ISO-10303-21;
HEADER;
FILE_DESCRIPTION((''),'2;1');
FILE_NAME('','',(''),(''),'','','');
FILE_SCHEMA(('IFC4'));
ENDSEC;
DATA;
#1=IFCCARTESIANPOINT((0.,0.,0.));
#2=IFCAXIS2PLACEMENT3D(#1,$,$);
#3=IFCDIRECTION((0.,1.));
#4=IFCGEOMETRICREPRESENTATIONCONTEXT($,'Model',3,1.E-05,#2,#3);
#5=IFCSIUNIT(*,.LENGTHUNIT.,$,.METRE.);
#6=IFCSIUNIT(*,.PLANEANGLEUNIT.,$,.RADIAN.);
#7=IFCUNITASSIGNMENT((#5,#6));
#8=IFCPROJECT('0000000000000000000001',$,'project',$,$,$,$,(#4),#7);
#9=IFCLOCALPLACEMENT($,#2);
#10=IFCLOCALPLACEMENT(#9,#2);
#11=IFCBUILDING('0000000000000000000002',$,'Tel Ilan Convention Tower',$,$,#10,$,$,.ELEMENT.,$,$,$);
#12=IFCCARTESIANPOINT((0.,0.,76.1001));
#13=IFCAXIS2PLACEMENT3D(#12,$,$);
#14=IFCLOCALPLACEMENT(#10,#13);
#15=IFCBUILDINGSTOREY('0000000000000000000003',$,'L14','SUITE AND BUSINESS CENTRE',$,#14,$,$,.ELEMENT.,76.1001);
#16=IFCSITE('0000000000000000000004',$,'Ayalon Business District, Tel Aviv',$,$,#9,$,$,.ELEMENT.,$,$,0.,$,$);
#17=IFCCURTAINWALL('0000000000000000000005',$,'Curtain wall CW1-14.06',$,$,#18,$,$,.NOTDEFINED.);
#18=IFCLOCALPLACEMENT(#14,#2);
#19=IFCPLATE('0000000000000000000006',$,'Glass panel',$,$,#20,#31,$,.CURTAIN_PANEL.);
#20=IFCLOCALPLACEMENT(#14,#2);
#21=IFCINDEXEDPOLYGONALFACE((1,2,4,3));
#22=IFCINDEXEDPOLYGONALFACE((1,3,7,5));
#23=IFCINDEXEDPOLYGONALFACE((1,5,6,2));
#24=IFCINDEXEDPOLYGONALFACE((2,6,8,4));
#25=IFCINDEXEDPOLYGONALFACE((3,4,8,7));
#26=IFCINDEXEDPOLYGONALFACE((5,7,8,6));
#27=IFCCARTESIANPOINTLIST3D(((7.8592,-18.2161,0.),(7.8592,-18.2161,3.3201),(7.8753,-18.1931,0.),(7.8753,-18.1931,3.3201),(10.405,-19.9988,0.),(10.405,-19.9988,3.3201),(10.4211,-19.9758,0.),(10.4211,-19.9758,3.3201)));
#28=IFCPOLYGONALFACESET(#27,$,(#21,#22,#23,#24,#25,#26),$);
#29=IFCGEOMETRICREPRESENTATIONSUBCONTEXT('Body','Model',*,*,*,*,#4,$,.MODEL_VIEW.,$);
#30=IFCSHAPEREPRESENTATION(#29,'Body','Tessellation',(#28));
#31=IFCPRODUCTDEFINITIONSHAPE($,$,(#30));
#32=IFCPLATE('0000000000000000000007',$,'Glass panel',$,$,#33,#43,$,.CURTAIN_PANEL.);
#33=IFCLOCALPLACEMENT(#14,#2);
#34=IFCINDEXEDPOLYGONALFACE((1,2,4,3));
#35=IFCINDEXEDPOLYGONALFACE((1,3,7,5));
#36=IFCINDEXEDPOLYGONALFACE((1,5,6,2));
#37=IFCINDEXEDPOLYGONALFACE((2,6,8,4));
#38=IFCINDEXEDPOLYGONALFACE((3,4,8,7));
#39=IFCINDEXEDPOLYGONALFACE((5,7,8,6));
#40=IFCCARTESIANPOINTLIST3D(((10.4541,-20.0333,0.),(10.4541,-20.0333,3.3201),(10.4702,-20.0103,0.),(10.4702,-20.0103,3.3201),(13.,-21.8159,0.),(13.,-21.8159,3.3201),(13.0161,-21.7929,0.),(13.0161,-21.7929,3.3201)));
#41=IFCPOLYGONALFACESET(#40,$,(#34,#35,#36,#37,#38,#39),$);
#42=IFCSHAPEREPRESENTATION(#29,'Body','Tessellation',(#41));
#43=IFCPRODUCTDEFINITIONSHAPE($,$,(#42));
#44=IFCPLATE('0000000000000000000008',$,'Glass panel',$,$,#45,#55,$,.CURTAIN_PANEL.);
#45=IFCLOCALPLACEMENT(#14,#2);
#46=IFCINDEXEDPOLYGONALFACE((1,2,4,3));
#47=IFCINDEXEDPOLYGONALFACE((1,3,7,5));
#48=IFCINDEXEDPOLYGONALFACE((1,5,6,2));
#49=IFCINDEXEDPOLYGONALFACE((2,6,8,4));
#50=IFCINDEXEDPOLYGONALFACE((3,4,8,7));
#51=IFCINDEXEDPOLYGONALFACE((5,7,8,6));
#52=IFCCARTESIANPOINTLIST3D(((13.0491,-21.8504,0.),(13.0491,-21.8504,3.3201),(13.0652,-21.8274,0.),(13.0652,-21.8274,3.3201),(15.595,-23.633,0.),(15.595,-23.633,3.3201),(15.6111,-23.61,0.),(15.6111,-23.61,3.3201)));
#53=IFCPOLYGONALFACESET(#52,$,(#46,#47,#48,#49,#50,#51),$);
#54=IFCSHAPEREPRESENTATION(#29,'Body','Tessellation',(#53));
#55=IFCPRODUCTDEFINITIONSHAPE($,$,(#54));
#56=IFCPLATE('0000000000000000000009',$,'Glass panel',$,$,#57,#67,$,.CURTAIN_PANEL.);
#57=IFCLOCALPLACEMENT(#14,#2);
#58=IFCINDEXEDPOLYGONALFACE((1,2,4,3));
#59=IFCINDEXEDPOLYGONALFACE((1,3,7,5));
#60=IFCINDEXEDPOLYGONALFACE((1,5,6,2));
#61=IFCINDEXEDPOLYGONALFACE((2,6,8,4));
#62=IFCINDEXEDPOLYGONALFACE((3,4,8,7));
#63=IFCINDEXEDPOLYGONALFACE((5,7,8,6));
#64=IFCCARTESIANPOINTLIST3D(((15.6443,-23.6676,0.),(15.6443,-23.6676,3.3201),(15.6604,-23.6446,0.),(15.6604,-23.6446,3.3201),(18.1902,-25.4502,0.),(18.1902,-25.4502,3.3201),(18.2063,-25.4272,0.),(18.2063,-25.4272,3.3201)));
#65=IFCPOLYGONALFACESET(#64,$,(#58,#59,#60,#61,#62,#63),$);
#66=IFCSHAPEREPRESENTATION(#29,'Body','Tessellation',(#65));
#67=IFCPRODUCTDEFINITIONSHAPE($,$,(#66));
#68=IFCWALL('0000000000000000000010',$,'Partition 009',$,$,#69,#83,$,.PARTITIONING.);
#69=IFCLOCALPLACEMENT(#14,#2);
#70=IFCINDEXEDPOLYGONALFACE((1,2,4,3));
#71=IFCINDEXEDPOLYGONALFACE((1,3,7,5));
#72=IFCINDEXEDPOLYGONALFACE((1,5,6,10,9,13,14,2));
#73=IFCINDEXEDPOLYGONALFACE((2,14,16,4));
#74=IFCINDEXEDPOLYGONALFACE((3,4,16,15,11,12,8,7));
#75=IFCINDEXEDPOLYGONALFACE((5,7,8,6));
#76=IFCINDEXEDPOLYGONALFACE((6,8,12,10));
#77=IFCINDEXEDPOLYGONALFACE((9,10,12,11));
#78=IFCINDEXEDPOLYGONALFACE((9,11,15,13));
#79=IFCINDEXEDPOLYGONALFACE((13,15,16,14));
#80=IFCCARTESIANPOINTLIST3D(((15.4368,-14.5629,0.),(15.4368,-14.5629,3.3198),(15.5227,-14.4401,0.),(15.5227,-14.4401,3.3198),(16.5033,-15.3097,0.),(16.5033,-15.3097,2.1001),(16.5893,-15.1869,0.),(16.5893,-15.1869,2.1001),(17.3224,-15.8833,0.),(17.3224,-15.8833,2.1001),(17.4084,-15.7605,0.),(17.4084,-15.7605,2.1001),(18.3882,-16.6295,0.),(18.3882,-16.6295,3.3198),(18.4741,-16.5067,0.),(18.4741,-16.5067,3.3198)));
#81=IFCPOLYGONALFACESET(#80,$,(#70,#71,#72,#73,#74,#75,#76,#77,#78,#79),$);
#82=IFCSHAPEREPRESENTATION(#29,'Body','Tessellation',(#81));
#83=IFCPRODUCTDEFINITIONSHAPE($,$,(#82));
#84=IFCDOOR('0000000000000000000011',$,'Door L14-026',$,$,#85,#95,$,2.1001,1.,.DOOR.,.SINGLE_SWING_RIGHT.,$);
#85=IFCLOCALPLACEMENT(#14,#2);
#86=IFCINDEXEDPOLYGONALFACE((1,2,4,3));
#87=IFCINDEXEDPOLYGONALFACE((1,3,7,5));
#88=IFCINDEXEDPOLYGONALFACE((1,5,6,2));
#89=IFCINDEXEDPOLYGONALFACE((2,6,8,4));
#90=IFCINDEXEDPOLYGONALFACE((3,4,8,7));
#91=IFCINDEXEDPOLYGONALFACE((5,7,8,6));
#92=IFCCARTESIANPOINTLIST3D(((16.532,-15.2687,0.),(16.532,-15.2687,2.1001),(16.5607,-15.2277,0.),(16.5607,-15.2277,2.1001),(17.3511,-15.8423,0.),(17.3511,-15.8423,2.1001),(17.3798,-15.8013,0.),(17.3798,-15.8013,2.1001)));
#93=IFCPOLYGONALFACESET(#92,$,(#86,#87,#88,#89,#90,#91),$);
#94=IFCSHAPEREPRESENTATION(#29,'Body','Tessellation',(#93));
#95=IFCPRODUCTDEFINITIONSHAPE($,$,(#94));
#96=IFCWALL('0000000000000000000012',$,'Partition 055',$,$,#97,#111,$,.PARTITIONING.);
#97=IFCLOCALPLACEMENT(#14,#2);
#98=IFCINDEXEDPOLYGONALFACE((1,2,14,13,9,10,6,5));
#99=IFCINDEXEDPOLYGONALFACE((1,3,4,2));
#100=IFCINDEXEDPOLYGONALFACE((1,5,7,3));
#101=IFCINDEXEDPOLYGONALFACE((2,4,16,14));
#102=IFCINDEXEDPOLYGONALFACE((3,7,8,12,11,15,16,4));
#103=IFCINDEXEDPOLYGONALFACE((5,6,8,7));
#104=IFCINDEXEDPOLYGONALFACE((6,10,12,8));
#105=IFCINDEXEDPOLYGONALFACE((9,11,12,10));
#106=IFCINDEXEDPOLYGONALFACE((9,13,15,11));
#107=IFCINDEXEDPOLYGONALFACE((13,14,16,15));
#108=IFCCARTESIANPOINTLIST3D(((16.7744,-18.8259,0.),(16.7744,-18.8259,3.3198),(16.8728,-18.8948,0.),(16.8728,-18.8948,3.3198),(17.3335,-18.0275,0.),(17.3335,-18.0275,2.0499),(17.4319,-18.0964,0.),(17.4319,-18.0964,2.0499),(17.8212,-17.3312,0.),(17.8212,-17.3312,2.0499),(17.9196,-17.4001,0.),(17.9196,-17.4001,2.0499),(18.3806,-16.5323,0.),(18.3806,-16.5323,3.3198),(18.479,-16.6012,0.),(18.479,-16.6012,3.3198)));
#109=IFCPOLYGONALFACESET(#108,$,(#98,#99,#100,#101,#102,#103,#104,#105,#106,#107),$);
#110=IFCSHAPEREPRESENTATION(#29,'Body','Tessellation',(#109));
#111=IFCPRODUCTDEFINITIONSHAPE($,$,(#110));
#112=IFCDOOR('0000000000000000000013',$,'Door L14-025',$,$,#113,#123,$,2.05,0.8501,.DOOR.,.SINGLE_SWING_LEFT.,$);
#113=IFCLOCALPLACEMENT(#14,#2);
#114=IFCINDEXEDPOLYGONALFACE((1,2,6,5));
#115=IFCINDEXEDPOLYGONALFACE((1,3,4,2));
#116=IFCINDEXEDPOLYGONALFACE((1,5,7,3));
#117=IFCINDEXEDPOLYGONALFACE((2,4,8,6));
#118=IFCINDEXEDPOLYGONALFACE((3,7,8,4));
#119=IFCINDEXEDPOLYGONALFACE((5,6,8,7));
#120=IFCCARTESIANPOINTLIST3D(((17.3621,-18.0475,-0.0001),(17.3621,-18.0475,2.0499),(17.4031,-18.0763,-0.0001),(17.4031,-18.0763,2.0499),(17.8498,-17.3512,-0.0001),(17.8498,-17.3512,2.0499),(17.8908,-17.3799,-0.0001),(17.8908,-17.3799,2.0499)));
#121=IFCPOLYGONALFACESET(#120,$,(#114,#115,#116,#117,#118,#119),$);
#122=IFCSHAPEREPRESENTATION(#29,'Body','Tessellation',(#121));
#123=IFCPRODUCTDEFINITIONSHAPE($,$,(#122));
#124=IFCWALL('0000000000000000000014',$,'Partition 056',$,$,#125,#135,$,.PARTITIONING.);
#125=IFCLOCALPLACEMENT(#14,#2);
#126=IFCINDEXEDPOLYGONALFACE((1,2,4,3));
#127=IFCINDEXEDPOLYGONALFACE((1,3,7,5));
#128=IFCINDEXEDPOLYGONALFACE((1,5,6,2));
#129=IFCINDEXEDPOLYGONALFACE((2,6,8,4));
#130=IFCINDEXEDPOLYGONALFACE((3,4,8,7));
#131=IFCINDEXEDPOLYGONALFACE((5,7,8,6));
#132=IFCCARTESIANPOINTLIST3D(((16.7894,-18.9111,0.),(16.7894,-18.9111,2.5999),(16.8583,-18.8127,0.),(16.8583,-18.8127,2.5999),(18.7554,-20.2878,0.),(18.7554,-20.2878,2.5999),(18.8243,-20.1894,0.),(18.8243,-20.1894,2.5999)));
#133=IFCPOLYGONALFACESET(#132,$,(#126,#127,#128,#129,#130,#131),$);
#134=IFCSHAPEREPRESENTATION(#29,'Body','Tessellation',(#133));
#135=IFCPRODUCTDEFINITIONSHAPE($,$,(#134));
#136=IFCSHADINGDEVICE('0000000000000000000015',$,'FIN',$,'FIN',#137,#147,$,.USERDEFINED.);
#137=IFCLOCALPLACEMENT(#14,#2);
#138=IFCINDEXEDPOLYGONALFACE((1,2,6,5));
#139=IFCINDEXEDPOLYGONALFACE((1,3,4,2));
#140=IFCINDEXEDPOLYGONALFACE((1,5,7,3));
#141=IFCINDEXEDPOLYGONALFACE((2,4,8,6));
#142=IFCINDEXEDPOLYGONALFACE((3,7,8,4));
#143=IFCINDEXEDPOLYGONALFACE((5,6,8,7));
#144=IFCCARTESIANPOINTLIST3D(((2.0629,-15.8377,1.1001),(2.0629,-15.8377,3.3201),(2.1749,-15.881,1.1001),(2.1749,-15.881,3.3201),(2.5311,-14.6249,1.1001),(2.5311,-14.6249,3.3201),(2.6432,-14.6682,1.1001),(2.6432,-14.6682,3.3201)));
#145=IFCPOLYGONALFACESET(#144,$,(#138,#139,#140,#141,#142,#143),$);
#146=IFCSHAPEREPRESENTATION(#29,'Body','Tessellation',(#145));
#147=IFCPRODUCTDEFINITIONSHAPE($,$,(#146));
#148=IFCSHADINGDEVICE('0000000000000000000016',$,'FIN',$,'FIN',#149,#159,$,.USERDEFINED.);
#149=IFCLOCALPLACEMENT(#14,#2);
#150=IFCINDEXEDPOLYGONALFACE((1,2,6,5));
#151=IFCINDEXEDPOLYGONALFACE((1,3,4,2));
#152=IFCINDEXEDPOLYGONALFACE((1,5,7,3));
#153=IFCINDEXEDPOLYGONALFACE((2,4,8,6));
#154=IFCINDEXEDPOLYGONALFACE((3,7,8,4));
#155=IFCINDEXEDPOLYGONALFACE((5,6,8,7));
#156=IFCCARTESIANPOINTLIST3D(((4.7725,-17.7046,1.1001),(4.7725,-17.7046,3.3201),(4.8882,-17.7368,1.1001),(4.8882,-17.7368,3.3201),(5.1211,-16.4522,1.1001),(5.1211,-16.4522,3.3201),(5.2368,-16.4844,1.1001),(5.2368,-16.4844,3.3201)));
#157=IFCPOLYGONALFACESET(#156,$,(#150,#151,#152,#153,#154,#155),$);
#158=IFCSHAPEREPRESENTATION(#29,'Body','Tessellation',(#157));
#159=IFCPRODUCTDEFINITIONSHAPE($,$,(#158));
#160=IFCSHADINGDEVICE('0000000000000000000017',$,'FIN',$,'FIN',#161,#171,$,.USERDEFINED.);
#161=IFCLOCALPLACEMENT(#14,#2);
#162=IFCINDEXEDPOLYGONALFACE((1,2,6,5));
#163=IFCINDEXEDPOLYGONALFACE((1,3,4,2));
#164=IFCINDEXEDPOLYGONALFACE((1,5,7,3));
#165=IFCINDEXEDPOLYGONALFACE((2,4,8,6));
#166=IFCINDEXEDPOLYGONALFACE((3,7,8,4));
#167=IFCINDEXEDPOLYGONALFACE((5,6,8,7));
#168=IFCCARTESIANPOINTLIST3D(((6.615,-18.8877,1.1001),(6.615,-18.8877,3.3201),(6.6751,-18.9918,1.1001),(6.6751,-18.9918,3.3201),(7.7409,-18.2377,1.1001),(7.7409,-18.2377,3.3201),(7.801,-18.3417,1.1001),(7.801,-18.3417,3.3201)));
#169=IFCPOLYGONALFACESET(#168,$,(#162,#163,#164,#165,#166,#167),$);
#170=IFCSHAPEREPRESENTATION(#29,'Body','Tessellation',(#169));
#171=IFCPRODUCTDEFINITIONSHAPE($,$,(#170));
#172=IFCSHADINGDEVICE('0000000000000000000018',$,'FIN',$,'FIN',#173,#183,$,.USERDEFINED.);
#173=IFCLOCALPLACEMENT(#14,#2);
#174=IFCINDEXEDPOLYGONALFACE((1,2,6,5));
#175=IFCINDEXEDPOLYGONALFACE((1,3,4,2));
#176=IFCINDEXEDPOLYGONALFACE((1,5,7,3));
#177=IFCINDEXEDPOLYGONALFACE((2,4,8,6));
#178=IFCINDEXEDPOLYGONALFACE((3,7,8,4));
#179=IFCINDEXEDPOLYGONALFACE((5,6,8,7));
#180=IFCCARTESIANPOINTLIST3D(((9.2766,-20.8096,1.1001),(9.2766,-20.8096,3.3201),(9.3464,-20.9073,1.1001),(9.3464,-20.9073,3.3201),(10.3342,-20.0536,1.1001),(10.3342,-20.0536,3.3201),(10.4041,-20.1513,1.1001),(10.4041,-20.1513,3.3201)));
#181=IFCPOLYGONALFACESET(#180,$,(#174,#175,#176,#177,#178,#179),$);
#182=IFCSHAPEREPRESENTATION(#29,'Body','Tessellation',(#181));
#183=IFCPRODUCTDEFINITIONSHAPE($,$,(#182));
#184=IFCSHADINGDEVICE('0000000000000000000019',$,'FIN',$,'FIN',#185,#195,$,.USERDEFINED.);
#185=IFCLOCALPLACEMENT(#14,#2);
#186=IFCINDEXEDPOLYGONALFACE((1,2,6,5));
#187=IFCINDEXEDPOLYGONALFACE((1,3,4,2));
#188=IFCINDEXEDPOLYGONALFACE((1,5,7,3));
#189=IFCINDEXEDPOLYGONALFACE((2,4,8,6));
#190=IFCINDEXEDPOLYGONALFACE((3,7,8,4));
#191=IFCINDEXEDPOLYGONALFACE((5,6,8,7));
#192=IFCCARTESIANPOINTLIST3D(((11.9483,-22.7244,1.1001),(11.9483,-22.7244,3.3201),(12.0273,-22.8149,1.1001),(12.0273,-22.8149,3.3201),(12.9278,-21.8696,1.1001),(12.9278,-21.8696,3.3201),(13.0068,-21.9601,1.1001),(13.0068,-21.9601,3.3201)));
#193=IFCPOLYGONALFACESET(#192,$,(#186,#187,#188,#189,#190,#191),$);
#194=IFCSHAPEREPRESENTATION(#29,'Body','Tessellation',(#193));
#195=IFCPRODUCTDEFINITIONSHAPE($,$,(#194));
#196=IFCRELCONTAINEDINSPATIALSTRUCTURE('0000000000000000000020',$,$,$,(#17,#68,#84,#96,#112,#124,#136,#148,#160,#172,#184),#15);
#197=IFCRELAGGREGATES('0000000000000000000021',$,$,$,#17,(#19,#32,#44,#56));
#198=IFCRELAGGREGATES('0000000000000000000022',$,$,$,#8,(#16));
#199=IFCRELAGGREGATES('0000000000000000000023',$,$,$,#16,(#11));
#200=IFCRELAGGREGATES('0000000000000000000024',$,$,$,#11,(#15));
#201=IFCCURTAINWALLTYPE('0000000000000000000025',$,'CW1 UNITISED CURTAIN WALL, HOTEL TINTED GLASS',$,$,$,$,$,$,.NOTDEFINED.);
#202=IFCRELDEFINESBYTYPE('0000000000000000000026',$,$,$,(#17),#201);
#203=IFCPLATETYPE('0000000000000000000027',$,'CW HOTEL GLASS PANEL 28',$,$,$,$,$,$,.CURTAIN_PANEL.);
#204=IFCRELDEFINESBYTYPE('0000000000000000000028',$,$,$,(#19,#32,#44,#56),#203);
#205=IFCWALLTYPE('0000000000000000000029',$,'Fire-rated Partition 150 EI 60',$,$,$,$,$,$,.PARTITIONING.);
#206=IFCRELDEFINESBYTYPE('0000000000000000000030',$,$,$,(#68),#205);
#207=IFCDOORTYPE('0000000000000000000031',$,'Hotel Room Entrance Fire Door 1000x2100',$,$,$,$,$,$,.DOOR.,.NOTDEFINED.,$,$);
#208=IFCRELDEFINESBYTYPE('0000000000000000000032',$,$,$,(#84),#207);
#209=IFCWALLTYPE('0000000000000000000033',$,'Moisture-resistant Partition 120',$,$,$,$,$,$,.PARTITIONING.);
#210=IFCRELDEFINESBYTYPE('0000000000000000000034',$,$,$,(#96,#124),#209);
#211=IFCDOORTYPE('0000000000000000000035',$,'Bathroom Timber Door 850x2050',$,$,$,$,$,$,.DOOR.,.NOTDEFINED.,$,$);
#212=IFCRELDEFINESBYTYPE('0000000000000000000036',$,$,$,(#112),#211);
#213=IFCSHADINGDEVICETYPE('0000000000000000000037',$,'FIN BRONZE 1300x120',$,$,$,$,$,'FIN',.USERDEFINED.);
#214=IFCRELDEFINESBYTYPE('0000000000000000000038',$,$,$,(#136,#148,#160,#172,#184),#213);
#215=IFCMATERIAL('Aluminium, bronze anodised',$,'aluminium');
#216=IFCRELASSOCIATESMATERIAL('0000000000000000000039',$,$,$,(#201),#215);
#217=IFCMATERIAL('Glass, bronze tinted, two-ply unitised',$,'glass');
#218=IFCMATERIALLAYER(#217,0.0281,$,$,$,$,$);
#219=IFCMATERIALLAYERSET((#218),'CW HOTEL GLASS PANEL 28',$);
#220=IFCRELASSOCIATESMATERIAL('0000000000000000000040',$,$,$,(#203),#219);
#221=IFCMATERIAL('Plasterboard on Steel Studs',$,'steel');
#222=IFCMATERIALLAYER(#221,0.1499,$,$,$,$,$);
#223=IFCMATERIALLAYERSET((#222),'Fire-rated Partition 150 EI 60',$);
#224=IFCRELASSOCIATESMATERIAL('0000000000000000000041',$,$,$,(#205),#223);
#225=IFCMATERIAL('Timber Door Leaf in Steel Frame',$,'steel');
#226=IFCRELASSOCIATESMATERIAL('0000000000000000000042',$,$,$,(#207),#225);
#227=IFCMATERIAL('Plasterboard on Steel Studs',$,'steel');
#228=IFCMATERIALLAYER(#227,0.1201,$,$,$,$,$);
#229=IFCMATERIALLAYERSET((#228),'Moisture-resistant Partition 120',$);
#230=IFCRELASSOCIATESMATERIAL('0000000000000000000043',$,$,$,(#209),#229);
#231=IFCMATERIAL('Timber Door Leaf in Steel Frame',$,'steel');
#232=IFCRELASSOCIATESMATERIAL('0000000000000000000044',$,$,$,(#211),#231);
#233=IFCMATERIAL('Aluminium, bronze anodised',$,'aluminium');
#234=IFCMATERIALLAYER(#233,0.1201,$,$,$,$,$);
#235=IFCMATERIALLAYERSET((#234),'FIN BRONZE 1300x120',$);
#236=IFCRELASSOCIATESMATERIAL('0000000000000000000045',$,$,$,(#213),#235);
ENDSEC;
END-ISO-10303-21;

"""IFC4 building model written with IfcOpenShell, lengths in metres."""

from ifc_helpers import new_model, si_unit, direction, frame, frame_2d, origin, origin_2d, place, context, subcontext, project, spatial, rectangle, extrude, material, layer, layer_set, type_object, element, fill, aggregate, save


model = new_model("IFC4")

# Units and contexts
model_context = context("Model", 3, precision=1e-05, world=origin(), true_north=direction((0.0, 1.0)))
body_context = subcontext(model_context, "Body", "Model", "MODEL_VIEW")
ifc_project = project(units=[si_unit("LENGTHUNIT", "METRE"), si_unit("PLANEANGLEUNIT", "RADIAN")], contexts=[model_context])

# Site, building, storey
site_placement = place(None, origin())
site = spatial("IfcSite", under=ifc_project, at=site_placement, Name="Ayalon Business District, Tel Aviv", CompositionType="ELEMENT", RefElevation=0.0)
building_placement = place(site_placement, origin())
building = spatial("IfcBuilding", under=site, at=building_placement, Name="Tel Ilan Convention Tower", CompositionType="ELEMENT")
storey_placement = place(building_placement, frame((0.0, 0.0, 76.1001)))
storey = spatial("IfcBuildingStorey", under=building, at=storey_placement, Name="L14", Description="SUITE AND BUSINESS CENTRE", CompositionType="ELEMENT", Elevation=76.1001)

# Curtain wall, plates
ifc_material_1 = material(Name="Aluminium, bronze anodised", Category="aluminium")
curtain_wall_type = type_object("IfcCurtainWallType", Name="CW1 UNITISED CURTAIN WALL, HOTEL TINTED GLASS", PredefinedType="NOTDEFINED", material=ifc_material_1)
curtain_wall_placement = place(storey_placement, origin())
curtain_wall = element("IfcCurtainWall", 1, at=curtain_wall_placement, inside=storey, type_object=curtain_wall_type, Name="Curtain wall CW1-14.06", PredefinedType="NOTDEFINED")
ifc_material_2 = material(Name="Glass, bronze tinted, two-ply unitised", Category="glass")
ifc_layer_1 = layer(ifc_material_2, 0.0281)
ifc_layer_set_1 = layer_set([ifc_layer_1], Name="CW HOTEL GLASS PANEL 28")
plate_type = type_object("IfcPlateType", Name="CW HOTEL GLASS PANEL 28", PredefinedType="CURTAIN_PANEL", material=ifc_layer_set_1)
plate_1_placement = place(storey_placement, frame((9.1401, -19.0959, 0.0), z_axis=(0.0, 0.0, 1.0), x_axis=(0.819152, -0.573576, 0.0)))
plate_1 = element("IfcPlate", 2, at=plate_1_placement, type_object=plate_type, Name="Glass panel", PredefinedType="CURTAIN_PANEL", context=body_context, shape_type="SweptSolid", body=[
    extrude(rectangle(XDim=3.1079, YDim=0.0281, at=origin_2d()), origin(), (0.0, 0.0, 1.0), 3.3201),
])
plate_2_placement = place(storey_placement, frame((11.7351, -20.9131, 0.0), z_axis=(0.0, 0.0, 1.0), x_axis=(0.819152, -0.573576, 0.0)))
plate_2 = element("IfcPlate", 3, at=plate_2_placement, type_object=plate_type, Name="Glass panel", PredefinedType="CURTAIN_PANEL", context=body_context, shape_type="SweptSolid", body=[
    extrude(rectangle(XDim=3.1079, YDim=0.0281, at=origin_2d()), origin(), (0.0, 0.0, 1.0), 3.3201),
])
plate_3_placement = place(storey_placement, frame((14.3301, -22.7302, 0.0), z_axis=(0.0, 0.0, 1.0), x_axis=(0.819152, -0.573576, 0.0)))
plate_3 = element("IfcPlate", 4, at=plate_3_placement, type_object=plate_type, Name="Glass panel", PredefinedType="CURTAIN_PANEL", context=body_context, shape_type="SweptSolid", body=[
    extrude(rectangle(XDim=3.1079, YDim=0.0281, at=origin_2d()), origin(), (0.0, 0.0, 1.0), 3.3201),
])
plate_4_placement = place(storey_placement, frame((16.9253, -24.5474, 0.0), z_axis=(0.0, 0.0, 1.0), x_axis=(0.819152, -0.573576, 0.0)))
plate_4 = element("IfcPlate", 5, at=plate_4_placement, type_object=plate_type, Name="Glass panel", PredefinedType="CURTAIN_PANEL", context=body_context, shape_type="SweptSolid", body=[
    extrude(rectangle(XDim=3.1079, YDim=0.0281, at=origin_2d()), origin(), (0.0, 0.0, 1.0), 3.3201),
])
aggregate(curtain_wall, [plate_1, plate_2, plate_3, plate_4])

# Walls, openings, doors
ifc_material_3 = material(Name="Plasterboard on Steel Studs", Category="steel")
ifc_layer_2 = layer(ifc_material_3, 0.1499)
ifc_layer_set_2 = layer_set([ifc_layer_2], Name="Fire-rated Partition 150 EI 60")
wall_type_1 = type_object("IfcWallType", Name="Fire-rated Partition 150 EI 60", PredefinedType="PARTITIONING", material=ifc_layer_set_2)
wall_1_placement = place(storey_placement, frame((18.4312, -16.5681, 0.0), z_axis=(0.0, 0.0, 1.0), x_axis=(-0.819146, 0.573585, 0.0)))
wall_1 = element("IfcWall", 6, at=wall_1_placement, inside=storey, type_object=wall_type_1, Name="Partition 009", PredefinedType="PARTITIONING", context=body_context, shape_type="SweptSolid", body=[
    extrude(rectangle(XDim=3.603, YDim=0.1499, at=frame_2d((1.8015, 0.0))), origin(), (0.0, 0.0, 1.0), 3.3198),
])
opening_1_placement = place(wall_1_placement, frame((1.301, 0.0, 0.0)))
opening_1 = element("IfcOpeningElement", 7, at=opening_1_placement, cuts=wall_1, PredefinedType="OPENING", context=body_context, shape_type="SweptSolid", body=[
    extrude(rectangle(XDim=1.0, YDim=2.1001, at=frame_2d((0.5, 1.05))), frame((0.0, 0.085, 0.0), z_axis=(0.0, -1.0, 0.0), x_axis=(1.0, 0.0, 0.0)), (0.0, 0.0, 1.0), 0.1699),
])
ifc_material_4 = material(Name="Timber Door Leaf in Steel Frame", Category="steel")
door_type_1 = type_object("IfcDoorType", Name="Hotel Room Entrance Fire Door 1000x2100", OperationType="NOTDEFINED", PredefinedType="DOOR", material=ifc_material_4)
door_1_placement = place(opening_1_placement, origin())
door_1 = element("IfcDoor", 8, at=door_1_placement, inside=storey, type_object=door_type_1, Name="Door L14-026", OperationType="SINGLE_SWING_RIGHT", OverallHeight=2.1001, OverallWidth=1.0, PredefinedType="DOOR", context=body_context, shape_type="SweptSolid", body=[
    extrude(rectangle(XDim=1.0, YDim=2.1001, at=frame_2d((0.5, 1.05))), frame((0.0, 0.0249, 0.0), z_axis=(0.0, -1.0, 0.0), x_axis=(1.0, 0.0, 0.0)), (0.0, 0.0, 1.0), 0.05),
])
fill(opening_1, door_1)
ifc_material_5 = material(Name="Plasterboard on Steel Studs", Category="steel")
ifc_layer_3 = layer(ifc_material_5, 0.1201)
ifc_layer_set_3 = layer_set([ifc_layer_3], Name="Moisture-resistant Partition 120")
wall_type_2 = type_object("IfcWallType", Name="Moisture-resistant Partition 120", PredefinedType="PARTITIONING", material=ifc_layer_set_3)
wall_2_placement = place(storey_placement, frame((18.4297, -16.5669, 0.0), z_axis=(0.0, 0.0, 1.0), x_axis=(-0.573609, -0.81913, 0.0)))
wall_2 = element("IfcWall", 9, at=wall_2_placement, inside=storey, type_object=wall_type_2, Name="Partition 055", PredefinedType="PARTITIONING", context=body_context, shape_type="SweptSolid", body=[
    extrude(rectangle(XDim=2.8, YDim=0.1201, at=frame_2d((1.3999, 0.0))), origin(), (0.0, 0.0, 1.0), 3.3198),
])
opening_2_placement = place(wall_2_placement, frame((0.9751, 0.0, 0.0)))
opening_2 = element("IfcOpeningElement", 10, at=opening_2_placement, cuts=wall_2, PredefinedType="OPENING", context=body_context, shape_type="SweptSolid", body=[
    extrude(rectangle(XDim=0.8501, YDim=2.05, at=frame_2d((0.425, 1.0249))), frame((0.0, 0.0701, 0.0), z_axis=(0.0, -1.0, 0.0), x_axis=(1.0, 0.0, 0.0)), (0.0, 0.0, 1.0), 0.1401),
])
ifc_material_6 = material(Name="Timber Door Leaf in Steel Frame", Category="steel")
door_type_2 = type_object("IfcDoorType", Name="Bathroom Timber Door 850x2050", OperationType="NOTDEFINED", PredefinedType="DOOR", material=ifc_material_6)
door_2_placement = place(opening_2_placement, origin())
door_2 = element("IfcDoor", 11, at=door_2_placement, inside=storey, type_object=door_type_2, Name="Door L14-025", OperationType="SINGLE_SWING_LEFT", OverallHeight=2.05, OverallWidth=0.8501, PredefinedType="DOOR", context=body_context, shape_type="SweptSolid", body=[
    extrude(rectangle(XDim=0.8501, YDim=2.05, at=frame_2d((0.425, 1.0249))), frame((0.0, 0.0249, 0.0), z_axis=(0.0, -1.0, 0.0), x_axis=(1.0, 0.0, 0.0)), (0.0, 0.0, 1.0), 0.05),
])
fill(opening_2, door_2)

# Wall
wall_3_placement = place(storey_placement, frame((16.8237, -18.8618, 0.0), z_axis=(0.0, 0.0, 1.0), x_axis=(0.819141, -0.573592, 0.0)))
element("IfcWall", 12, at=wall_3_placement, inside=storey, type_object=wall_type_2, Name="Partition 056", PredefinedType="PARTITIONING", context=body_context, shape_type="SweptSolid", body=[
    extrude(rectangle(XDim=2.4001, YDim=0.1201, at=frame_2d((1.2002, 0.0))), origin(), (0.0, 0.0, 1.0), 2.5999),
])

# Shading devices
ifc_material_7 = material(Name="Aluminium, bronze anodised", Category="aluminium")
ifc_layer_4 = layer(ifc_material_7, 0.1201)
ifc_layer_set_4 = layer_set([ifc_layer_4], Name="FIN BRONZE 1300x120")
shading_device_type = type_object("IfcShadingDeviceType", Name="FIN BRONZE 1300x120", ElementType="FIN", PredefinedType="USERDEFINED", material=ifc_layer_set_4)
for number, where, z_axis, x_axis, name in (
    (13, (2.353, -15.2529, 1.1001), (0.0, 0.0, 1.0), (-0.360178, -0.932884, 0.0), "FIN"),
    (14, (5.0046, -17.0945, 1.1001), (0.0, 0.0, 1.0), (-0.268173, -0.963371, 0.0), "FIN"),
    (15, (7.208, -18.6147, 1.1001), (0.0, 0.0, 1.0), (-0.866025, -0.5, 0.0), "FIN"),
    (16, (9.8403, -20.4805, 1.1001), (0.0, 0.0, 1.0), (-0.813552, -0.581492, 0.0), "FIN"),
    (17, (12.4775, -22.3423, 1.1001), (0.0, 0.0, 1.0), (-0.753436, -0.657521, 0.0), "FIN"),
):
    element("IfcShadingDevice", number, at=place(storey_placement, frame(where, z_axis=z_axis, x_axis=x_axis)), inside=storey, type_object=shading_device_type, Name=name, ObjectType="FIN", PredefinedType="USERDEFINED", context=body_context, shape_type="SweptSolid", body=[
        extrude(rectangle(XDim=1.3, YDim=0.1201, at=origin_2d()), origin(), (0.0, 0.0, 1.0), 2.22),
    ])

save(model, "model.ifc")
